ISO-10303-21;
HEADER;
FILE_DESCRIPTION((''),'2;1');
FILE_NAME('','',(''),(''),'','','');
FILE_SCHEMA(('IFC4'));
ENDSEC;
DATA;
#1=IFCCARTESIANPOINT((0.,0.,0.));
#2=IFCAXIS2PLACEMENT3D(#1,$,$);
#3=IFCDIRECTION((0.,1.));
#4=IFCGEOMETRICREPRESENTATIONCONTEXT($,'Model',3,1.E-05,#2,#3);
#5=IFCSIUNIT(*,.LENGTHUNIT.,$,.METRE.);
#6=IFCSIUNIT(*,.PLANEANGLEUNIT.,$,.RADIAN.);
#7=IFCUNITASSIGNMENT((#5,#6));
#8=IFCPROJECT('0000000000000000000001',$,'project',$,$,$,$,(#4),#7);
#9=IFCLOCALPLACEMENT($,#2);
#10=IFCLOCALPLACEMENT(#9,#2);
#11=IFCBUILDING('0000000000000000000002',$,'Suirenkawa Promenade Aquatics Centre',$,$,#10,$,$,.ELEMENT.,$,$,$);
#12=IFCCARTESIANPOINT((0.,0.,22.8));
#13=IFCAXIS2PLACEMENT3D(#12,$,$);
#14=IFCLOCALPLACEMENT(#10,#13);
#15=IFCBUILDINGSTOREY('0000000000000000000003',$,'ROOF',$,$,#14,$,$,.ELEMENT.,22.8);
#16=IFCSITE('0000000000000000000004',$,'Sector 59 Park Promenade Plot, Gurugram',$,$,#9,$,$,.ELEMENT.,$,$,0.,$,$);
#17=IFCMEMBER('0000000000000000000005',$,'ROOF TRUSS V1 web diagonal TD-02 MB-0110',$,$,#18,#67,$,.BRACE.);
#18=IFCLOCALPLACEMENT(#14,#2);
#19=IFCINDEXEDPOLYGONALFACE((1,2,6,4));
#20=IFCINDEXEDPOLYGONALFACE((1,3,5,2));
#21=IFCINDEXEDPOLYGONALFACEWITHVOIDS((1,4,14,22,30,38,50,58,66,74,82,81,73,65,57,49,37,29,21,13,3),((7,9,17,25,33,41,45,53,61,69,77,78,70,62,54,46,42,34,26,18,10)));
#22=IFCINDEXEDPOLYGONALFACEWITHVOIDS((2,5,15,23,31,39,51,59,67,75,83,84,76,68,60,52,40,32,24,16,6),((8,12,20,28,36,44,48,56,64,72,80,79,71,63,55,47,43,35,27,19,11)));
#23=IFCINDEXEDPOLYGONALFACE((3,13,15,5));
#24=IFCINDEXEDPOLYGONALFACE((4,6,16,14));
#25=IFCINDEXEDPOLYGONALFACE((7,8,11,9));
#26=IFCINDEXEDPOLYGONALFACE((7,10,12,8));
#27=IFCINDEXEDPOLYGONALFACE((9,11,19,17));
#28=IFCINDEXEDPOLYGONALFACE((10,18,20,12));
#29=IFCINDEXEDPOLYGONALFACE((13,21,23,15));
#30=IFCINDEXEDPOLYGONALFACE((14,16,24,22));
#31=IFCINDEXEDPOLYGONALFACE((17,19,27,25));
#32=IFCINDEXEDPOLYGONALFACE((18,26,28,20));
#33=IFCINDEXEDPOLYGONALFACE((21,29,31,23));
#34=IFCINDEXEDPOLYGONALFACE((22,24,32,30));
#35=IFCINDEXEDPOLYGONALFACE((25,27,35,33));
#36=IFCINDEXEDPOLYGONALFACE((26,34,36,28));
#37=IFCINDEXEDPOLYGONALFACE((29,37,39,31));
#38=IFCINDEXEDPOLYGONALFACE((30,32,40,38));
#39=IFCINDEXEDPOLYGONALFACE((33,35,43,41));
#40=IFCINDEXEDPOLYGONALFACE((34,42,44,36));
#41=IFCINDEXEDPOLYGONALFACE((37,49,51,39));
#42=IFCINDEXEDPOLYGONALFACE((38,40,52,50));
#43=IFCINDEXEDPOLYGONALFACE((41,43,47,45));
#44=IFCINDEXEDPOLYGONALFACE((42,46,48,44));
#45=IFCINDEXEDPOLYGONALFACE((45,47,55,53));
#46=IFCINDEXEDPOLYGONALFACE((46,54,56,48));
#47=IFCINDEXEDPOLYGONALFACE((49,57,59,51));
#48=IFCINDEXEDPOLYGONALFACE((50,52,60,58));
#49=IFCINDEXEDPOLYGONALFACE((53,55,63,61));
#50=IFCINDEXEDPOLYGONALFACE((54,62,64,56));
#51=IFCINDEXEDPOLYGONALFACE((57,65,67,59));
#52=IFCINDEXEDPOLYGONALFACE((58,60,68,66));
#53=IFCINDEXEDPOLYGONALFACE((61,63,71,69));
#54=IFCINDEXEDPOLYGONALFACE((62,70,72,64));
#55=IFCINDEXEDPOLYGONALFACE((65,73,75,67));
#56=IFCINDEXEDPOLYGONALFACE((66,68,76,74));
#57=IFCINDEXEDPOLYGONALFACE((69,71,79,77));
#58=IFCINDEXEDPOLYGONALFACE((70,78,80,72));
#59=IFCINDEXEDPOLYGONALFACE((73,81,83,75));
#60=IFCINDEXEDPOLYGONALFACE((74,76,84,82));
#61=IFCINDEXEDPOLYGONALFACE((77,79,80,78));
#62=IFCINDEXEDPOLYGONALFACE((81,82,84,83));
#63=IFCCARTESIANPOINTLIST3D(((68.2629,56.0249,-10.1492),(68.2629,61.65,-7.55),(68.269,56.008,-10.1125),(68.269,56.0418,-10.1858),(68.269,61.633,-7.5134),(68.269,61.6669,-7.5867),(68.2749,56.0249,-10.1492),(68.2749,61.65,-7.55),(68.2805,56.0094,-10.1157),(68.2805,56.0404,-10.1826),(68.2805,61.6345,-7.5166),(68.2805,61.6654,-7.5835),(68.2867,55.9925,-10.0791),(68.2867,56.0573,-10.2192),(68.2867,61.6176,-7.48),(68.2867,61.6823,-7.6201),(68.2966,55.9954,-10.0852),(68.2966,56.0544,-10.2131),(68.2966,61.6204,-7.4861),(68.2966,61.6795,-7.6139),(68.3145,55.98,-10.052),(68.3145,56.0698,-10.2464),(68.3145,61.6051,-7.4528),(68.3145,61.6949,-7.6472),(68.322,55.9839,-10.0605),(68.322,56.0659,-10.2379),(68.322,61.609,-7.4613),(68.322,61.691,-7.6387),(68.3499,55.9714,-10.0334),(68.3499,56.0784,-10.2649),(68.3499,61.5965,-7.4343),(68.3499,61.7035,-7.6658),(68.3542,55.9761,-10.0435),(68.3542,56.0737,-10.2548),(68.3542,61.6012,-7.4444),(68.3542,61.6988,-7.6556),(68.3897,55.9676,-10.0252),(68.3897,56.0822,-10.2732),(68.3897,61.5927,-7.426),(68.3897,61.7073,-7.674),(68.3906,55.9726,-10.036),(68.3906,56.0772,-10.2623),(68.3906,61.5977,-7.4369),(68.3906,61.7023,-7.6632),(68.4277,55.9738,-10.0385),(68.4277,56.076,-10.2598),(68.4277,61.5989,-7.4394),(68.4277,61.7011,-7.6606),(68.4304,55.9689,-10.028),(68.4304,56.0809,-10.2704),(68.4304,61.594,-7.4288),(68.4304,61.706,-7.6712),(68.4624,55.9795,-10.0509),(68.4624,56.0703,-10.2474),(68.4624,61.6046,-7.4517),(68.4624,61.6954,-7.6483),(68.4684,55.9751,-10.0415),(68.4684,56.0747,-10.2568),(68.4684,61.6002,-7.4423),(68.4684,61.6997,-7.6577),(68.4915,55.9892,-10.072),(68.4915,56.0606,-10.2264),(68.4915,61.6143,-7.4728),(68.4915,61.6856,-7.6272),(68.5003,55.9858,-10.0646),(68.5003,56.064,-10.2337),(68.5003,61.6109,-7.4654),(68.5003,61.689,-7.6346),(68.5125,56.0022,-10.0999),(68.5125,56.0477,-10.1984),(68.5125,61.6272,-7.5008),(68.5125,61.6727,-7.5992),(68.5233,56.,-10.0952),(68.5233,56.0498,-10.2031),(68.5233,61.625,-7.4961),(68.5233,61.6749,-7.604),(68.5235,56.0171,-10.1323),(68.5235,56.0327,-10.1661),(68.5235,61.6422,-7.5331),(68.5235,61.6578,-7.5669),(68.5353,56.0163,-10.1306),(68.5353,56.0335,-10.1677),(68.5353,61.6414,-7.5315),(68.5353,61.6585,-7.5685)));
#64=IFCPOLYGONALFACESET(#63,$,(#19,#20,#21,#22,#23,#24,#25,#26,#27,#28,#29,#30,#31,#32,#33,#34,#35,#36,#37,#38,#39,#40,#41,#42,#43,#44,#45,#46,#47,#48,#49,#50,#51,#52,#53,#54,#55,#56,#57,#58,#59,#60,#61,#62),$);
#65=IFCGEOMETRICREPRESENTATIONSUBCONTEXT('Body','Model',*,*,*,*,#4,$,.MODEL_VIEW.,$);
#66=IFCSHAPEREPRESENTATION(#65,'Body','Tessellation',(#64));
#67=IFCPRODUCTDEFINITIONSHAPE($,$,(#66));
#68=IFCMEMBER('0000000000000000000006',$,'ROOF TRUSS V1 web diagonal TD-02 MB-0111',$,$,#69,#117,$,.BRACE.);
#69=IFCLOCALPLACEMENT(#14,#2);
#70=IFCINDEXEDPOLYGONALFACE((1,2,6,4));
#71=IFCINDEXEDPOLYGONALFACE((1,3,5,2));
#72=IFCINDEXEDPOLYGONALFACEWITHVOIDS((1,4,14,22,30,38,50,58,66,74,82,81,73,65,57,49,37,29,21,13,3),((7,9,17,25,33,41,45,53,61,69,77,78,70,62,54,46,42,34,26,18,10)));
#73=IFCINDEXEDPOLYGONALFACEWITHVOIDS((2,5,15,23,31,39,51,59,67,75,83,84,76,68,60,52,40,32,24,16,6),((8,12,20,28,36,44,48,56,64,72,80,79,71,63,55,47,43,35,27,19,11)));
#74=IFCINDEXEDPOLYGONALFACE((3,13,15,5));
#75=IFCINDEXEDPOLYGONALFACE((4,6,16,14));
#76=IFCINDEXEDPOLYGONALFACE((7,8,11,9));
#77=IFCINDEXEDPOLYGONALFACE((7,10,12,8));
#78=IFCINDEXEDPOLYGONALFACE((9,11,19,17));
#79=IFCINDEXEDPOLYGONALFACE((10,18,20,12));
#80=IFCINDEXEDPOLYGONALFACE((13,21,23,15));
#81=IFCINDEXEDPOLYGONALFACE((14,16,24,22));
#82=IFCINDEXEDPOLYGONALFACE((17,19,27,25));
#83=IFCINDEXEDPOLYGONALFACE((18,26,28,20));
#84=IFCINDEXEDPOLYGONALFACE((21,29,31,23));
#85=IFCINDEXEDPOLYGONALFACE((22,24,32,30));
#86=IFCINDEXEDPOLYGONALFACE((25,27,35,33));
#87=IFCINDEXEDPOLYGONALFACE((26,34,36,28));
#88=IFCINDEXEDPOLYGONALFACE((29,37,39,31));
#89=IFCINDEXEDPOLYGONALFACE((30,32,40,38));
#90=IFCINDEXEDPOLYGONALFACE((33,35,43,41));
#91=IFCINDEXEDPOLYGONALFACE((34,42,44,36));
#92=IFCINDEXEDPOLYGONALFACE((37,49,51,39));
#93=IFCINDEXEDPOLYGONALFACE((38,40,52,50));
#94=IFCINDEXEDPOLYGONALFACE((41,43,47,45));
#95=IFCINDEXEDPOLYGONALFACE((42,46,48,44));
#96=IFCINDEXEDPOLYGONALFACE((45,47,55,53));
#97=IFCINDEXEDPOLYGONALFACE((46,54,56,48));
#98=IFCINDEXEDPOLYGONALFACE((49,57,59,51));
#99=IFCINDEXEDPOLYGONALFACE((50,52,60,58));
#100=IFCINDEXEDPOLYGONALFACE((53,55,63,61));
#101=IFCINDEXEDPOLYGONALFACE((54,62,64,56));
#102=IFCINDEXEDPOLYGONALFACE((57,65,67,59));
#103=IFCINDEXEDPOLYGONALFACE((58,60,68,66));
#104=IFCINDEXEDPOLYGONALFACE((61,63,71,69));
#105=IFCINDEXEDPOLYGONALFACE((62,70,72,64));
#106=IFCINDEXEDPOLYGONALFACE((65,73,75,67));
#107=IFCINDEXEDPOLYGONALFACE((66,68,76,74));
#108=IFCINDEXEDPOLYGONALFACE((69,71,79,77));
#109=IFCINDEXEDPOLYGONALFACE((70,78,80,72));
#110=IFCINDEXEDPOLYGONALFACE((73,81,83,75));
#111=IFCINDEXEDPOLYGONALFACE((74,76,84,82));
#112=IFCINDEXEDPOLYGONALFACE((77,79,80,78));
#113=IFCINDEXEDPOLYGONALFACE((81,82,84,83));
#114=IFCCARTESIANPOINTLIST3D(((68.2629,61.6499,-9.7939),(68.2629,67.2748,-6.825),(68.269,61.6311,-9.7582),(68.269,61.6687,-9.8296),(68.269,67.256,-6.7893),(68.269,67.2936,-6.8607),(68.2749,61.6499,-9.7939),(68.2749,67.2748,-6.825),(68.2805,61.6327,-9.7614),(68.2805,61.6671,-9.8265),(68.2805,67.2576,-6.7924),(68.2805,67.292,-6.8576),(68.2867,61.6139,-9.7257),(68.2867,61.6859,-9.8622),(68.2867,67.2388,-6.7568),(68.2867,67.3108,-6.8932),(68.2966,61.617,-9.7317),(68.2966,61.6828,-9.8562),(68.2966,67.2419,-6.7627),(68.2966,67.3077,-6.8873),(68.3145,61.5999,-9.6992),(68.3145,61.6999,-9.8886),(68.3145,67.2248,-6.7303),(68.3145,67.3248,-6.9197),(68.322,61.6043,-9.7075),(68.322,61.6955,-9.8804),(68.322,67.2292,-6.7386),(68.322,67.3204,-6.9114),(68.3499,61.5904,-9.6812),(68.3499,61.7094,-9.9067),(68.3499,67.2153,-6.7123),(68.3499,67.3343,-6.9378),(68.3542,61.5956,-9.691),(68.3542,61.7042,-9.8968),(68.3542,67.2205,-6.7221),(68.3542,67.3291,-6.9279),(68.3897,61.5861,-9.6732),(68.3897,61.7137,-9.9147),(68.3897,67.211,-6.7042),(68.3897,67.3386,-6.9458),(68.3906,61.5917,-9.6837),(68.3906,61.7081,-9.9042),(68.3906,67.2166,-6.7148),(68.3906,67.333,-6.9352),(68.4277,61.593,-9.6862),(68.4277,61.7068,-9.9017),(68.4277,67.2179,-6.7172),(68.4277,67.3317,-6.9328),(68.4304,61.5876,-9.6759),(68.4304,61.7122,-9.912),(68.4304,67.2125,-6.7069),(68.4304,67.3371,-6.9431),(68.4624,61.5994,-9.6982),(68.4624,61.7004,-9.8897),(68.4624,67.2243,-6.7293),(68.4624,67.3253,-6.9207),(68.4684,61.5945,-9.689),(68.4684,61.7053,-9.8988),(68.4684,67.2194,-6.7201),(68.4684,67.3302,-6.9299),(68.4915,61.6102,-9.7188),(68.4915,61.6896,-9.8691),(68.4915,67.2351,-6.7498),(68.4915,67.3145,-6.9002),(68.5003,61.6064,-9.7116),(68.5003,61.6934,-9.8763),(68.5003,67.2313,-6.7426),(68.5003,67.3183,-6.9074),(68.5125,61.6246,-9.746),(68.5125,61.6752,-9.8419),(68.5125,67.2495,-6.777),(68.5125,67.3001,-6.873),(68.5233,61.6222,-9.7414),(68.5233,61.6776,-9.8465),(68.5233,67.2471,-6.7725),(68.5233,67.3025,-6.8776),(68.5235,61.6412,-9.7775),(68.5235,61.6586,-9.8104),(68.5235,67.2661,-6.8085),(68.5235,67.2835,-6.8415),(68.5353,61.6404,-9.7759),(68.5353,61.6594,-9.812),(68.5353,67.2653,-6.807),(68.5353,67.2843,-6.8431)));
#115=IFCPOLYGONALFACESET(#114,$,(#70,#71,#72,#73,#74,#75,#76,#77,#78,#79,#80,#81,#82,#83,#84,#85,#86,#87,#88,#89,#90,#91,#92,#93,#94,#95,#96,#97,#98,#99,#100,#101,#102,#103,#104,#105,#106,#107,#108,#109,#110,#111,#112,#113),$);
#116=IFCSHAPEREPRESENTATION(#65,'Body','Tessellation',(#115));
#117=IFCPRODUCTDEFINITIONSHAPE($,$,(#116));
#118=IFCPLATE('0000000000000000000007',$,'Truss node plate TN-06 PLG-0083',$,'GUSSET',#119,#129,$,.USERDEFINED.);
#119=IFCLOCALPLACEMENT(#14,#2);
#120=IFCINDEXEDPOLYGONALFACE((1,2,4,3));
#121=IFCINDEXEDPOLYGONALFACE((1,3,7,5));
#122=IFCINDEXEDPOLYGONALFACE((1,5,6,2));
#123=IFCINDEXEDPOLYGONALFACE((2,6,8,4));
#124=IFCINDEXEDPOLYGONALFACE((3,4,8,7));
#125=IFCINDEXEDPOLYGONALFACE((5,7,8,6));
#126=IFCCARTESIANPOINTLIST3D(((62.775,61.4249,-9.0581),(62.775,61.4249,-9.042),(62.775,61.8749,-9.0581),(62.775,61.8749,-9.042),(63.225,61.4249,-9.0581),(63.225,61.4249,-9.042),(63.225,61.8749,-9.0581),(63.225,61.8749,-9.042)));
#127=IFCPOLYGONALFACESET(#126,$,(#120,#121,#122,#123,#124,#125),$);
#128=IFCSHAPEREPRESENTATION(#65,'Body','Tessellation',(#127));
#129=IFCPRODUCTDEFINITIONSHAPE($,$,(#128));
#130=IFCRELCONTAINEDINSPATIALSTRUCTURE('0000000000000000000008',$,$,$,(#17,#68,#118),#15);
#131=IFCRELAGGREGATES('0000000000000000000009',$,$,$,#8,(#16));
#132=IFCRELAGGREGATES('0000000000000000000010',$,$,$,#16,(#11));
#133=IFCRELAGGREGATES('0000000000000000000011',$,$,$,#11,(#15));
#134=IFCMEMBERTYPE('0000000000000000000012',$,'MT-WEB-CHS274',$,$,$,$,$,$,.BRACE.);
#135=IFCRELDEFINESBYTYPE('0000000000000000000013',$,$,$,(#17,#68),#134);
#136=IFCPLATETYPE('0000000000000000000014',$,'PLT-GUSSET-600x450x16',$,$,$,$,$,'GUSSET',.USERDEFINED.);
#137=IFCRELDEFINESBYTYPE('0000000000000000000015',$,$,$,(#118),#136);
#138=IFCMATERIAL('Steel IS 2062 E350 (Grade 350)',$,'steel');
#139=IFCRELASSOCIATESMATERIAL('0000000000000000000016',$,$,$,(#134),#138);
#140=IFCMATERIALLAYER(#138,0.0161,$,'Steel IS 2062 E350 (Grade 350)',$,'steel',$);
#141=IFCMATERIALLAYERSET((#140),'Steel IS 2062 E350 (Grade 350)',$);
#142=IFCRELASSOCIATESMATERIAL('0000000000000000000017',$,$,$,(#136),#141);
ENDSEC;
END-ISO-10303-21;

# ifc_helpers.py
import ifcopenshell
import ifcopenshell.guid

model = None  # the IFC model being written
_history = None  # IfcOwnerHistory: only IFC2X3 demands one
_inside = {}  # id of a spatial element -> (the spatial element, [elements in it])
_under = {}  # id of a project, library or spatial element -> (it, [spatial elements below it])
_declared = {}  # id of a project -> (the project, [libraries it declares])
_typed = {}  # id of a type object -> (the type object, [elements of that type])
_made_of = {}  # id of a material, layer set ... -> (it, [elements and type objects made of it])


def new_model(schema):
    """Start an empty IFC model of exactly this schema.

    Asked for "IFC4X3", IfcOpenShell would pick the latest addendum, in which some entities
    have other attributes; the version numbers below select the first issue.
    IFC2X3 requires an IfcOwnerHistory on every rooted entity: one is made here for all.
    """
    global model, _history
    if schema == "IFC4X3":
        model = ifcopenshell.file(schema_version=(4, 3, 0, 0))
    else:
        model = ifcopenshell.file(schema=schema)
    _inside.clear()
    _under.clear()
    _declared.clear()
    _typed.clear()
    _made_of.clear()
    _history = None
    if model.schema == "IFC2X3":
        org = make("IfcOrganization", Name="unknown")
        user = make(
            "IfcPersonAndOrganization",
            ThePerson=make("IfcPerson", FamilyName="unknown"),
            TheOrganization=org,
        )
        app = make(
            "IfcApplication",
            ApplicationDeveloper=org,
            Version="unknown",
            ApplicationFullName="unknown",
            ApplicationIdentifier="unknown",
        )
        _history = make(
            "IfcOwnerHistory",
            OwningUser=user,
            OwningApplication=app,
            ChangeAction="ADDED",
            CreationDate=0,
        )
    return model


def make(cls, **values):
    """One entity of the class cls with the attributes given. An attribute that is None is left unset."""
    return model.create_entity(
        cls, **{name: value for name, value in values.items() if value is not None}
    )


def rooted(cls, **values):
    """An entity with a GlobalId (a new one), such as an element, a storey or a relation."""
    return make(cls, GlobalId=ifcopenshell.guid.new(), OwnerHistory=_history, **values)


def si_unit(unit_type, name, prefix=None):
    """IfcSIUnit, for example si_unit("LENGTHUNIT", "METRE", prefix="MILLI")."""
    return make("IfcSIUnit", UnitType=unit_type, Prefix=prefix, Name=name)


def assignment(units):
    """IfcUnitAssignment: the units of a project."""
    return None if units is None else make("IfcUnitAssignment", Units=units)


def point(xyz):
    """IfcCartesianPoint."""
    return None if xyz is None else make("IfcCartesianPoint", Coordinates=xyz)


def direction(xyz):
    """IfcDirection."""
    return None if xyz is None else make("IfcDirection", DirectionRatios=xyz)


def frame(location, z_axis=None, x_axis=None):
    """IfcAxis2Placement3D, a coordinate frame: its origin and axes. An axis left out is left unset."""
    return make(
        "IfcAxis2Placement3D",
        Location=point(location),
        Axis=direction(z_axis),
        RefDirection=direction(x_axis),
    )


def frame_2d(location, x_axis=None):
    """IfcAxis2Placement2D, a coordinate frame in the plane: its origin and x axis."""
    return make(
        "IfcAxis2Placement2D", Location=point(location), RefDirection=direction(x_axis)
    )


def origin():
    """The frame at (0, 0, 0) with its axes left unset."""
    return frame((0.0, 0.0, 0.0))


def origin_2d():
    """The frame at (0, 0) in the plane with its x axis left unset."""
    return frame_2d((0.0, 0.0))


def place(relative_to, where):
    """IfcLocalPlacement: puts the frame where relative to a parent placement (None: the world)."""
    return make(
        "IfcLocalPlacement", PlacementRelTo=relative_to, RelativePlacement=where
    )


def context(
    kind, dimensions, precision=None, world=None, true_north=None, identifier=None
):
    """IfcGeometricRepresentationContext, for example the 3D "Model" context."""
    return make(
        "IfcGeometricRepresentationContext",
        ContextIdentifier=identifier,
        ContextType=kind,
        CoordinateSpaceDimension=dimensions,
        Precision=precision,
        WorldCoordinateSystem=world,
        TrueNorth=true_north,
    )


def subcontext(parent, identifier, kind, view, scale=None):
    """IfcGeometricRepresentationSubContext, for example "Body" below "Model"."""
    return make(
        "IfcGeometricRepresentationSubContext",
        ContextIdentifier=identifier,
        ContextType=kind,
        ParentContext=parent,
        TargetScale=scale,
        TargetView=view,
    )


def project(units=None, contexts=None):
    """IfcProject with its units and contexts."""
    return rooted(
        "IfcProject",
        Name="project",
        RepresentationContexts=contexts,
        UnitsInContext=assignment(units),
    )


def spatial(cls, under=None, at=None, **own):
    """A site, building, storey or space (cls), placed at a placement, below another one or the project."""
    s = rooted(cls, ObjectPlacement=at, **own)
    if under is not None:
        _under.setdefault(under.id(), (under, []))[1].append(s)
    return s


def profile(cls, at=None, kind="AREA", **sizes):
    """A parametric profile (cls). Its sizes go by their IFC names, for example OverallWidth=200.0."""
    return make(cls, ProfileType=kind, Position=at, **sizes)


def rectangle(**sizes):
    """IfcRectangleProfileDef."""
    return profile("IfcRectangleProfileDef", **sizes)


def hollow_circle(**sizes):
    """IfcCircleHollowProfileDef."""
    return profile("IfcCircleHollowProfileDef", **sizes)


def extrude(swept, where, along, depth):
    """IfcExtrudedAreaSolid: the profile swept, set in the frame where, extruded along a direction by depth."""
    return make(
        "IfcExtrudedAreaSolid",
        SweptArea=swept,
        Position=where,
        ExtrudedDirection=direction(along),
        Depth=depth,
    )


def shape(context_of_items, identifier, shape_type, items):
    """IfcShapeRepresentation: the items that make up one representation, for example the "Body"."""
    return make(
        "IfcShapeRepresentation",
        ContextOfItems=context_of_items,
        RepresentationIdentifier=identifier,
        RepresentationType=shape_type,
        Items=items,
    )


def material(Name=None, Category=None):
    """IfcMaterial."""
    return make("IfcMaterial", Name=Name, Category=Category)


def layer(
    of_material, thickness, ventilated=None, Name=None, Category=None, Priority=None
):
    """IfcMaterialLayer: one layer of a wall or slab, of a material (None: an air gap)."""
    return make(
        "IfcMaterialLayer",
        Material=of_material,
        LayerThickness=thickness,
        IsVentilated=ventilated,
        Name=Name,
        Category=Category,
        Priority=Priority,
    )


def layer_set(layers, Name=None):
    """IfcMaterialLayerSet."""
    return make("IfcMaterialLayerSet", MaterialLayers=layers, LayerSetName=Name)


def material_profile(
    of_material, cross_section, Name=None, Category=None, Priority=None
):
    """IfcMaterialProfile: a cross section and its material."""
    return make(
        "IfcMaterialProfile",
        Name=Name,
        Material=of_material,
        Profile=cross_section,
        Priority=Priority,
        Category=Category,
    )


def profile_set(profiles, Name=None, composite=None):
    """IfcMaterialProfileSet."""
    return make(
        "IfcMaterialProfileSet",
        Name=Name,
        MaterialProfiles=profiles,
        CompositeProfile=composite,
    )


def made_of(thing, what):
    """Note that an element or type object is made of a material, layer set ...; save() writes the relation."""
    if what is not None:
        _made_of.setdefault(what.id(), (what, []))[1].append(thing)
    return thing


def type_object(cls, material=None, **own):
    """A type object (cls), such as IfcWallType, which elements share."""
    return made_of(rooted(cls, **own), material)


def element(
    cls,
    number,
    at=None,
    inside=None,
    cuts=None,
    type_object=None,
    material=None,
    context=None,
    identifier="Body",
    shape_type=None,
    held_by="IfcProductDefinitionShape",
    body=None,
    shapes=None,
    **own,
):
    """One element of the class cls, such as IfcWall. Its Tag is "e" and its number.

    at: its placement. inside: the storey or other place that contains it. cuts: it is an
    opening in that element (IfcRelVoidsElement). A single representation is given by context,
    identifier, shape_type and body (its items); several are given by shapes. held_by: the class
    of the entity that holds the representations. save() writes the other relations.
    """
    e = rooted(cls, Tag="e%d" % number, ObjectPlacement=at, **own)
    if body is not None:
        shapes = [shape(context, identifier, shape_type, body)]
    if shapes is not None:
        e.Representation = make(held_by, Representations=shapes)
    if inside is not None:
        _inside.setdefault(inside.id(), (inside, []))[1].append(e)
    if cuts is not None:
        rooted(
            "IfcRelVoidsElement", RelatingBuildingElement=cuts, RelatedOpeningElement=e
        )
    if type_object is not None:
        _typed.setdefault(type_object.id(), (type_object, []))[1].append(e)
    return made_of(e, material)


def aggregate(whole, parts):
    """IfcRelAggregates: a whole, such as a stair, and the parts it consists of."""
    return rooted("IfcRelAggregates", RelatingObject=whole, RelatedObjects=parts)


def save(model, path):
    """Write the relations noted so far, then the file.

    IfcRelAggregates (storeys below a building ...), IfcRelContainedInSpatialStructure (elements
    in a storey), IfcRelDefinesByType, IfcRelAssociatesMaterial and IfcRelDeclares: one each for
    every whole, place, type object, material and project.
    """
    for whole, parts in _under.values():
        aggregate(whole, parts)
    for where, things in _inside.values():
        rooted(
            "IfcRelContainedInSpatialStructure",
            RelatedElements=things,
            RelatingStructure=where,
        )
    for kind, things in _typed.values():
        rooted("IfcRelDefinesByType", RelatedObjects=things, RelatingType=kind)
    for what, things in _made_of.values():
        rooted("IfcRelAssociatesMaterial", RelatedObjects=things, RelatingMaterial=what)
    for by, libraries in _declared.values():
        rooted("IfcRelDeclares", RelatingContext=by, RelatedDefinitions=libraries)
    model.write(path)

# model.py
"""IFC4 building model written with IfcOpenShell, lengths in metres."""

from ifc_helpers import new_model, si_unit, direction, frame, origin, origin_2d, place, context, subcontext, project, spatial, rectangle, hollow_circle, extrude, material, layer, layer_set, material_profile, profile_set, type_object, element, save


model = new_model("IFC4")

# Units and contexts
model_context = context("Model", 3, precision=1e-05, world=origin(), true_north=direction((0.0, 1.0)))
body_context = subcontext(model_context, "Body", "Model", "MODEL_VIEW")
ifc_project = project(units=[si_unit("LENGTHUNIT", "METRE"), si_unit("PLANEANGLEUNIT", "RADIAN")], contexts=[model_context])

# Site, building, storey
site_placement = place(None, origin())
site = spatial("IfcSite", under=ifc_project, at=site_placement, Name="Sector 59 Park Promenade Plot, Gurugram", CompositionType="ELEMENT", RefElevation=0.0)
building_placement = place(site_placement, origin())
building = spatial("IfcBuilding", under=site, at=building_placement, Name="Suirenkawa Promenade Aquatics Centre", CompositionType="ELEMENT")
storey_placement = place(building_placement, frame((0.0, 0.0, 22.8)))
storey = spatial("IfcBuildingStorey", under=building, at=storey_placement, Name="ROOF", CompositionType="ELEMENT", Elevation=22.8)

# Shared definitions
ifc_material = material(Name="Steel IS 2062 E350 (Grade 350)", Category="steel")

# Members
ifc_material_profile_1 = material_profile(ifc_material, hollow_circle(Radius=0.137, WallThickness=0.012, at=origin_2d()), Name="CHS 274x12", Category="steel")
ifc_profile_set_1 = profile_set([ifc_material_profile_1], Name="Steel IS 2062 E350 (Grade 350)")
member_type_1 = type_object("IfcMemberType", Name="MT-WEB-CHS274", PredefinedType="BRACE", material=ifc_profile_set_1)
member_1_placement = place(storey_placement, frame((68.3999, 56.0249, -10.1492), z_axis=(0.0, 0.907777, 0.419453), x_axis=(-1.0, 0.0, 0.0)))
element("IfcMember", 1, at=member_1_placement, inside=storey, type_object=member_type_1, Name="ROOF TRUSS V1 web diagonal TD-02 MB-0110", PredefinedType="BRACE", context=body_context, shape_type="SweptSolid", body=[
    extrude(hollow_circle(Radius=0.137, WallThickness=0.012, at=origin_2d()), origin(), (0.0, 0.0, 1.0), 6.1965),
])
member_2_placement = place(storey_placement, frame((68.3999, 61.6499, -9.7939), z_axis=(0.0, 0.884369, 0.466789), x_axis=(-1.0, 0.0, 0.0)))
element("IfcMember", 2, at=member_2_placement, inside=storey, type_object=member_type_1, Name="ROOF TRUSS V1 web diagonal TD-02 MB-0111", PredefinedType="BRACE", context=body_context, shape_type="SweptSolid", body=[
    extrude(hollow_circle(Radius=0.137, WallThickness=0.012, at=origin_2d()), origin(), (0.0, 0.0, 1.0), 6.3604),
])

# Plate
ifc_layer = layer(ifc_material, 0.0161, Name="Steel IS 2062 E350 (Grade 350)", Category="steel")
ifc_layer_set = layer_set([ifc_layer], Name="Steel IS 2062 E350 (Grade 350)")
plate_type = type_object("IfcPlateType", Name="PLT-GUSSET-600x450x16", ElementType="GUSSET", PredefinedType="USERDEFINED", material=ifc_layer_set)
plate_placement = place(storey_placement, frame((63.0, 61.6499, -9.0581), z_axis=(0.0, 0.0, 1.0), x_axis=(1.0, 0.0, 0.0)))
element("IfcPlate", 3, at=plate_placement, inside=storey, type_object=plate_type, Name="Truss node plate TN-06 PLG-0083", ObjectType="GUSSET", PredefinedType="USERDEFINED", context=body_context, shape_type="SweptSolid", body=[
    extrude(rectangle(XDim=0.45, YDim=0.45, at=origin_2d()), origin(), (0.0, 0.0, 1.0), 0.0161),
])

save(model, "model.ifc")
